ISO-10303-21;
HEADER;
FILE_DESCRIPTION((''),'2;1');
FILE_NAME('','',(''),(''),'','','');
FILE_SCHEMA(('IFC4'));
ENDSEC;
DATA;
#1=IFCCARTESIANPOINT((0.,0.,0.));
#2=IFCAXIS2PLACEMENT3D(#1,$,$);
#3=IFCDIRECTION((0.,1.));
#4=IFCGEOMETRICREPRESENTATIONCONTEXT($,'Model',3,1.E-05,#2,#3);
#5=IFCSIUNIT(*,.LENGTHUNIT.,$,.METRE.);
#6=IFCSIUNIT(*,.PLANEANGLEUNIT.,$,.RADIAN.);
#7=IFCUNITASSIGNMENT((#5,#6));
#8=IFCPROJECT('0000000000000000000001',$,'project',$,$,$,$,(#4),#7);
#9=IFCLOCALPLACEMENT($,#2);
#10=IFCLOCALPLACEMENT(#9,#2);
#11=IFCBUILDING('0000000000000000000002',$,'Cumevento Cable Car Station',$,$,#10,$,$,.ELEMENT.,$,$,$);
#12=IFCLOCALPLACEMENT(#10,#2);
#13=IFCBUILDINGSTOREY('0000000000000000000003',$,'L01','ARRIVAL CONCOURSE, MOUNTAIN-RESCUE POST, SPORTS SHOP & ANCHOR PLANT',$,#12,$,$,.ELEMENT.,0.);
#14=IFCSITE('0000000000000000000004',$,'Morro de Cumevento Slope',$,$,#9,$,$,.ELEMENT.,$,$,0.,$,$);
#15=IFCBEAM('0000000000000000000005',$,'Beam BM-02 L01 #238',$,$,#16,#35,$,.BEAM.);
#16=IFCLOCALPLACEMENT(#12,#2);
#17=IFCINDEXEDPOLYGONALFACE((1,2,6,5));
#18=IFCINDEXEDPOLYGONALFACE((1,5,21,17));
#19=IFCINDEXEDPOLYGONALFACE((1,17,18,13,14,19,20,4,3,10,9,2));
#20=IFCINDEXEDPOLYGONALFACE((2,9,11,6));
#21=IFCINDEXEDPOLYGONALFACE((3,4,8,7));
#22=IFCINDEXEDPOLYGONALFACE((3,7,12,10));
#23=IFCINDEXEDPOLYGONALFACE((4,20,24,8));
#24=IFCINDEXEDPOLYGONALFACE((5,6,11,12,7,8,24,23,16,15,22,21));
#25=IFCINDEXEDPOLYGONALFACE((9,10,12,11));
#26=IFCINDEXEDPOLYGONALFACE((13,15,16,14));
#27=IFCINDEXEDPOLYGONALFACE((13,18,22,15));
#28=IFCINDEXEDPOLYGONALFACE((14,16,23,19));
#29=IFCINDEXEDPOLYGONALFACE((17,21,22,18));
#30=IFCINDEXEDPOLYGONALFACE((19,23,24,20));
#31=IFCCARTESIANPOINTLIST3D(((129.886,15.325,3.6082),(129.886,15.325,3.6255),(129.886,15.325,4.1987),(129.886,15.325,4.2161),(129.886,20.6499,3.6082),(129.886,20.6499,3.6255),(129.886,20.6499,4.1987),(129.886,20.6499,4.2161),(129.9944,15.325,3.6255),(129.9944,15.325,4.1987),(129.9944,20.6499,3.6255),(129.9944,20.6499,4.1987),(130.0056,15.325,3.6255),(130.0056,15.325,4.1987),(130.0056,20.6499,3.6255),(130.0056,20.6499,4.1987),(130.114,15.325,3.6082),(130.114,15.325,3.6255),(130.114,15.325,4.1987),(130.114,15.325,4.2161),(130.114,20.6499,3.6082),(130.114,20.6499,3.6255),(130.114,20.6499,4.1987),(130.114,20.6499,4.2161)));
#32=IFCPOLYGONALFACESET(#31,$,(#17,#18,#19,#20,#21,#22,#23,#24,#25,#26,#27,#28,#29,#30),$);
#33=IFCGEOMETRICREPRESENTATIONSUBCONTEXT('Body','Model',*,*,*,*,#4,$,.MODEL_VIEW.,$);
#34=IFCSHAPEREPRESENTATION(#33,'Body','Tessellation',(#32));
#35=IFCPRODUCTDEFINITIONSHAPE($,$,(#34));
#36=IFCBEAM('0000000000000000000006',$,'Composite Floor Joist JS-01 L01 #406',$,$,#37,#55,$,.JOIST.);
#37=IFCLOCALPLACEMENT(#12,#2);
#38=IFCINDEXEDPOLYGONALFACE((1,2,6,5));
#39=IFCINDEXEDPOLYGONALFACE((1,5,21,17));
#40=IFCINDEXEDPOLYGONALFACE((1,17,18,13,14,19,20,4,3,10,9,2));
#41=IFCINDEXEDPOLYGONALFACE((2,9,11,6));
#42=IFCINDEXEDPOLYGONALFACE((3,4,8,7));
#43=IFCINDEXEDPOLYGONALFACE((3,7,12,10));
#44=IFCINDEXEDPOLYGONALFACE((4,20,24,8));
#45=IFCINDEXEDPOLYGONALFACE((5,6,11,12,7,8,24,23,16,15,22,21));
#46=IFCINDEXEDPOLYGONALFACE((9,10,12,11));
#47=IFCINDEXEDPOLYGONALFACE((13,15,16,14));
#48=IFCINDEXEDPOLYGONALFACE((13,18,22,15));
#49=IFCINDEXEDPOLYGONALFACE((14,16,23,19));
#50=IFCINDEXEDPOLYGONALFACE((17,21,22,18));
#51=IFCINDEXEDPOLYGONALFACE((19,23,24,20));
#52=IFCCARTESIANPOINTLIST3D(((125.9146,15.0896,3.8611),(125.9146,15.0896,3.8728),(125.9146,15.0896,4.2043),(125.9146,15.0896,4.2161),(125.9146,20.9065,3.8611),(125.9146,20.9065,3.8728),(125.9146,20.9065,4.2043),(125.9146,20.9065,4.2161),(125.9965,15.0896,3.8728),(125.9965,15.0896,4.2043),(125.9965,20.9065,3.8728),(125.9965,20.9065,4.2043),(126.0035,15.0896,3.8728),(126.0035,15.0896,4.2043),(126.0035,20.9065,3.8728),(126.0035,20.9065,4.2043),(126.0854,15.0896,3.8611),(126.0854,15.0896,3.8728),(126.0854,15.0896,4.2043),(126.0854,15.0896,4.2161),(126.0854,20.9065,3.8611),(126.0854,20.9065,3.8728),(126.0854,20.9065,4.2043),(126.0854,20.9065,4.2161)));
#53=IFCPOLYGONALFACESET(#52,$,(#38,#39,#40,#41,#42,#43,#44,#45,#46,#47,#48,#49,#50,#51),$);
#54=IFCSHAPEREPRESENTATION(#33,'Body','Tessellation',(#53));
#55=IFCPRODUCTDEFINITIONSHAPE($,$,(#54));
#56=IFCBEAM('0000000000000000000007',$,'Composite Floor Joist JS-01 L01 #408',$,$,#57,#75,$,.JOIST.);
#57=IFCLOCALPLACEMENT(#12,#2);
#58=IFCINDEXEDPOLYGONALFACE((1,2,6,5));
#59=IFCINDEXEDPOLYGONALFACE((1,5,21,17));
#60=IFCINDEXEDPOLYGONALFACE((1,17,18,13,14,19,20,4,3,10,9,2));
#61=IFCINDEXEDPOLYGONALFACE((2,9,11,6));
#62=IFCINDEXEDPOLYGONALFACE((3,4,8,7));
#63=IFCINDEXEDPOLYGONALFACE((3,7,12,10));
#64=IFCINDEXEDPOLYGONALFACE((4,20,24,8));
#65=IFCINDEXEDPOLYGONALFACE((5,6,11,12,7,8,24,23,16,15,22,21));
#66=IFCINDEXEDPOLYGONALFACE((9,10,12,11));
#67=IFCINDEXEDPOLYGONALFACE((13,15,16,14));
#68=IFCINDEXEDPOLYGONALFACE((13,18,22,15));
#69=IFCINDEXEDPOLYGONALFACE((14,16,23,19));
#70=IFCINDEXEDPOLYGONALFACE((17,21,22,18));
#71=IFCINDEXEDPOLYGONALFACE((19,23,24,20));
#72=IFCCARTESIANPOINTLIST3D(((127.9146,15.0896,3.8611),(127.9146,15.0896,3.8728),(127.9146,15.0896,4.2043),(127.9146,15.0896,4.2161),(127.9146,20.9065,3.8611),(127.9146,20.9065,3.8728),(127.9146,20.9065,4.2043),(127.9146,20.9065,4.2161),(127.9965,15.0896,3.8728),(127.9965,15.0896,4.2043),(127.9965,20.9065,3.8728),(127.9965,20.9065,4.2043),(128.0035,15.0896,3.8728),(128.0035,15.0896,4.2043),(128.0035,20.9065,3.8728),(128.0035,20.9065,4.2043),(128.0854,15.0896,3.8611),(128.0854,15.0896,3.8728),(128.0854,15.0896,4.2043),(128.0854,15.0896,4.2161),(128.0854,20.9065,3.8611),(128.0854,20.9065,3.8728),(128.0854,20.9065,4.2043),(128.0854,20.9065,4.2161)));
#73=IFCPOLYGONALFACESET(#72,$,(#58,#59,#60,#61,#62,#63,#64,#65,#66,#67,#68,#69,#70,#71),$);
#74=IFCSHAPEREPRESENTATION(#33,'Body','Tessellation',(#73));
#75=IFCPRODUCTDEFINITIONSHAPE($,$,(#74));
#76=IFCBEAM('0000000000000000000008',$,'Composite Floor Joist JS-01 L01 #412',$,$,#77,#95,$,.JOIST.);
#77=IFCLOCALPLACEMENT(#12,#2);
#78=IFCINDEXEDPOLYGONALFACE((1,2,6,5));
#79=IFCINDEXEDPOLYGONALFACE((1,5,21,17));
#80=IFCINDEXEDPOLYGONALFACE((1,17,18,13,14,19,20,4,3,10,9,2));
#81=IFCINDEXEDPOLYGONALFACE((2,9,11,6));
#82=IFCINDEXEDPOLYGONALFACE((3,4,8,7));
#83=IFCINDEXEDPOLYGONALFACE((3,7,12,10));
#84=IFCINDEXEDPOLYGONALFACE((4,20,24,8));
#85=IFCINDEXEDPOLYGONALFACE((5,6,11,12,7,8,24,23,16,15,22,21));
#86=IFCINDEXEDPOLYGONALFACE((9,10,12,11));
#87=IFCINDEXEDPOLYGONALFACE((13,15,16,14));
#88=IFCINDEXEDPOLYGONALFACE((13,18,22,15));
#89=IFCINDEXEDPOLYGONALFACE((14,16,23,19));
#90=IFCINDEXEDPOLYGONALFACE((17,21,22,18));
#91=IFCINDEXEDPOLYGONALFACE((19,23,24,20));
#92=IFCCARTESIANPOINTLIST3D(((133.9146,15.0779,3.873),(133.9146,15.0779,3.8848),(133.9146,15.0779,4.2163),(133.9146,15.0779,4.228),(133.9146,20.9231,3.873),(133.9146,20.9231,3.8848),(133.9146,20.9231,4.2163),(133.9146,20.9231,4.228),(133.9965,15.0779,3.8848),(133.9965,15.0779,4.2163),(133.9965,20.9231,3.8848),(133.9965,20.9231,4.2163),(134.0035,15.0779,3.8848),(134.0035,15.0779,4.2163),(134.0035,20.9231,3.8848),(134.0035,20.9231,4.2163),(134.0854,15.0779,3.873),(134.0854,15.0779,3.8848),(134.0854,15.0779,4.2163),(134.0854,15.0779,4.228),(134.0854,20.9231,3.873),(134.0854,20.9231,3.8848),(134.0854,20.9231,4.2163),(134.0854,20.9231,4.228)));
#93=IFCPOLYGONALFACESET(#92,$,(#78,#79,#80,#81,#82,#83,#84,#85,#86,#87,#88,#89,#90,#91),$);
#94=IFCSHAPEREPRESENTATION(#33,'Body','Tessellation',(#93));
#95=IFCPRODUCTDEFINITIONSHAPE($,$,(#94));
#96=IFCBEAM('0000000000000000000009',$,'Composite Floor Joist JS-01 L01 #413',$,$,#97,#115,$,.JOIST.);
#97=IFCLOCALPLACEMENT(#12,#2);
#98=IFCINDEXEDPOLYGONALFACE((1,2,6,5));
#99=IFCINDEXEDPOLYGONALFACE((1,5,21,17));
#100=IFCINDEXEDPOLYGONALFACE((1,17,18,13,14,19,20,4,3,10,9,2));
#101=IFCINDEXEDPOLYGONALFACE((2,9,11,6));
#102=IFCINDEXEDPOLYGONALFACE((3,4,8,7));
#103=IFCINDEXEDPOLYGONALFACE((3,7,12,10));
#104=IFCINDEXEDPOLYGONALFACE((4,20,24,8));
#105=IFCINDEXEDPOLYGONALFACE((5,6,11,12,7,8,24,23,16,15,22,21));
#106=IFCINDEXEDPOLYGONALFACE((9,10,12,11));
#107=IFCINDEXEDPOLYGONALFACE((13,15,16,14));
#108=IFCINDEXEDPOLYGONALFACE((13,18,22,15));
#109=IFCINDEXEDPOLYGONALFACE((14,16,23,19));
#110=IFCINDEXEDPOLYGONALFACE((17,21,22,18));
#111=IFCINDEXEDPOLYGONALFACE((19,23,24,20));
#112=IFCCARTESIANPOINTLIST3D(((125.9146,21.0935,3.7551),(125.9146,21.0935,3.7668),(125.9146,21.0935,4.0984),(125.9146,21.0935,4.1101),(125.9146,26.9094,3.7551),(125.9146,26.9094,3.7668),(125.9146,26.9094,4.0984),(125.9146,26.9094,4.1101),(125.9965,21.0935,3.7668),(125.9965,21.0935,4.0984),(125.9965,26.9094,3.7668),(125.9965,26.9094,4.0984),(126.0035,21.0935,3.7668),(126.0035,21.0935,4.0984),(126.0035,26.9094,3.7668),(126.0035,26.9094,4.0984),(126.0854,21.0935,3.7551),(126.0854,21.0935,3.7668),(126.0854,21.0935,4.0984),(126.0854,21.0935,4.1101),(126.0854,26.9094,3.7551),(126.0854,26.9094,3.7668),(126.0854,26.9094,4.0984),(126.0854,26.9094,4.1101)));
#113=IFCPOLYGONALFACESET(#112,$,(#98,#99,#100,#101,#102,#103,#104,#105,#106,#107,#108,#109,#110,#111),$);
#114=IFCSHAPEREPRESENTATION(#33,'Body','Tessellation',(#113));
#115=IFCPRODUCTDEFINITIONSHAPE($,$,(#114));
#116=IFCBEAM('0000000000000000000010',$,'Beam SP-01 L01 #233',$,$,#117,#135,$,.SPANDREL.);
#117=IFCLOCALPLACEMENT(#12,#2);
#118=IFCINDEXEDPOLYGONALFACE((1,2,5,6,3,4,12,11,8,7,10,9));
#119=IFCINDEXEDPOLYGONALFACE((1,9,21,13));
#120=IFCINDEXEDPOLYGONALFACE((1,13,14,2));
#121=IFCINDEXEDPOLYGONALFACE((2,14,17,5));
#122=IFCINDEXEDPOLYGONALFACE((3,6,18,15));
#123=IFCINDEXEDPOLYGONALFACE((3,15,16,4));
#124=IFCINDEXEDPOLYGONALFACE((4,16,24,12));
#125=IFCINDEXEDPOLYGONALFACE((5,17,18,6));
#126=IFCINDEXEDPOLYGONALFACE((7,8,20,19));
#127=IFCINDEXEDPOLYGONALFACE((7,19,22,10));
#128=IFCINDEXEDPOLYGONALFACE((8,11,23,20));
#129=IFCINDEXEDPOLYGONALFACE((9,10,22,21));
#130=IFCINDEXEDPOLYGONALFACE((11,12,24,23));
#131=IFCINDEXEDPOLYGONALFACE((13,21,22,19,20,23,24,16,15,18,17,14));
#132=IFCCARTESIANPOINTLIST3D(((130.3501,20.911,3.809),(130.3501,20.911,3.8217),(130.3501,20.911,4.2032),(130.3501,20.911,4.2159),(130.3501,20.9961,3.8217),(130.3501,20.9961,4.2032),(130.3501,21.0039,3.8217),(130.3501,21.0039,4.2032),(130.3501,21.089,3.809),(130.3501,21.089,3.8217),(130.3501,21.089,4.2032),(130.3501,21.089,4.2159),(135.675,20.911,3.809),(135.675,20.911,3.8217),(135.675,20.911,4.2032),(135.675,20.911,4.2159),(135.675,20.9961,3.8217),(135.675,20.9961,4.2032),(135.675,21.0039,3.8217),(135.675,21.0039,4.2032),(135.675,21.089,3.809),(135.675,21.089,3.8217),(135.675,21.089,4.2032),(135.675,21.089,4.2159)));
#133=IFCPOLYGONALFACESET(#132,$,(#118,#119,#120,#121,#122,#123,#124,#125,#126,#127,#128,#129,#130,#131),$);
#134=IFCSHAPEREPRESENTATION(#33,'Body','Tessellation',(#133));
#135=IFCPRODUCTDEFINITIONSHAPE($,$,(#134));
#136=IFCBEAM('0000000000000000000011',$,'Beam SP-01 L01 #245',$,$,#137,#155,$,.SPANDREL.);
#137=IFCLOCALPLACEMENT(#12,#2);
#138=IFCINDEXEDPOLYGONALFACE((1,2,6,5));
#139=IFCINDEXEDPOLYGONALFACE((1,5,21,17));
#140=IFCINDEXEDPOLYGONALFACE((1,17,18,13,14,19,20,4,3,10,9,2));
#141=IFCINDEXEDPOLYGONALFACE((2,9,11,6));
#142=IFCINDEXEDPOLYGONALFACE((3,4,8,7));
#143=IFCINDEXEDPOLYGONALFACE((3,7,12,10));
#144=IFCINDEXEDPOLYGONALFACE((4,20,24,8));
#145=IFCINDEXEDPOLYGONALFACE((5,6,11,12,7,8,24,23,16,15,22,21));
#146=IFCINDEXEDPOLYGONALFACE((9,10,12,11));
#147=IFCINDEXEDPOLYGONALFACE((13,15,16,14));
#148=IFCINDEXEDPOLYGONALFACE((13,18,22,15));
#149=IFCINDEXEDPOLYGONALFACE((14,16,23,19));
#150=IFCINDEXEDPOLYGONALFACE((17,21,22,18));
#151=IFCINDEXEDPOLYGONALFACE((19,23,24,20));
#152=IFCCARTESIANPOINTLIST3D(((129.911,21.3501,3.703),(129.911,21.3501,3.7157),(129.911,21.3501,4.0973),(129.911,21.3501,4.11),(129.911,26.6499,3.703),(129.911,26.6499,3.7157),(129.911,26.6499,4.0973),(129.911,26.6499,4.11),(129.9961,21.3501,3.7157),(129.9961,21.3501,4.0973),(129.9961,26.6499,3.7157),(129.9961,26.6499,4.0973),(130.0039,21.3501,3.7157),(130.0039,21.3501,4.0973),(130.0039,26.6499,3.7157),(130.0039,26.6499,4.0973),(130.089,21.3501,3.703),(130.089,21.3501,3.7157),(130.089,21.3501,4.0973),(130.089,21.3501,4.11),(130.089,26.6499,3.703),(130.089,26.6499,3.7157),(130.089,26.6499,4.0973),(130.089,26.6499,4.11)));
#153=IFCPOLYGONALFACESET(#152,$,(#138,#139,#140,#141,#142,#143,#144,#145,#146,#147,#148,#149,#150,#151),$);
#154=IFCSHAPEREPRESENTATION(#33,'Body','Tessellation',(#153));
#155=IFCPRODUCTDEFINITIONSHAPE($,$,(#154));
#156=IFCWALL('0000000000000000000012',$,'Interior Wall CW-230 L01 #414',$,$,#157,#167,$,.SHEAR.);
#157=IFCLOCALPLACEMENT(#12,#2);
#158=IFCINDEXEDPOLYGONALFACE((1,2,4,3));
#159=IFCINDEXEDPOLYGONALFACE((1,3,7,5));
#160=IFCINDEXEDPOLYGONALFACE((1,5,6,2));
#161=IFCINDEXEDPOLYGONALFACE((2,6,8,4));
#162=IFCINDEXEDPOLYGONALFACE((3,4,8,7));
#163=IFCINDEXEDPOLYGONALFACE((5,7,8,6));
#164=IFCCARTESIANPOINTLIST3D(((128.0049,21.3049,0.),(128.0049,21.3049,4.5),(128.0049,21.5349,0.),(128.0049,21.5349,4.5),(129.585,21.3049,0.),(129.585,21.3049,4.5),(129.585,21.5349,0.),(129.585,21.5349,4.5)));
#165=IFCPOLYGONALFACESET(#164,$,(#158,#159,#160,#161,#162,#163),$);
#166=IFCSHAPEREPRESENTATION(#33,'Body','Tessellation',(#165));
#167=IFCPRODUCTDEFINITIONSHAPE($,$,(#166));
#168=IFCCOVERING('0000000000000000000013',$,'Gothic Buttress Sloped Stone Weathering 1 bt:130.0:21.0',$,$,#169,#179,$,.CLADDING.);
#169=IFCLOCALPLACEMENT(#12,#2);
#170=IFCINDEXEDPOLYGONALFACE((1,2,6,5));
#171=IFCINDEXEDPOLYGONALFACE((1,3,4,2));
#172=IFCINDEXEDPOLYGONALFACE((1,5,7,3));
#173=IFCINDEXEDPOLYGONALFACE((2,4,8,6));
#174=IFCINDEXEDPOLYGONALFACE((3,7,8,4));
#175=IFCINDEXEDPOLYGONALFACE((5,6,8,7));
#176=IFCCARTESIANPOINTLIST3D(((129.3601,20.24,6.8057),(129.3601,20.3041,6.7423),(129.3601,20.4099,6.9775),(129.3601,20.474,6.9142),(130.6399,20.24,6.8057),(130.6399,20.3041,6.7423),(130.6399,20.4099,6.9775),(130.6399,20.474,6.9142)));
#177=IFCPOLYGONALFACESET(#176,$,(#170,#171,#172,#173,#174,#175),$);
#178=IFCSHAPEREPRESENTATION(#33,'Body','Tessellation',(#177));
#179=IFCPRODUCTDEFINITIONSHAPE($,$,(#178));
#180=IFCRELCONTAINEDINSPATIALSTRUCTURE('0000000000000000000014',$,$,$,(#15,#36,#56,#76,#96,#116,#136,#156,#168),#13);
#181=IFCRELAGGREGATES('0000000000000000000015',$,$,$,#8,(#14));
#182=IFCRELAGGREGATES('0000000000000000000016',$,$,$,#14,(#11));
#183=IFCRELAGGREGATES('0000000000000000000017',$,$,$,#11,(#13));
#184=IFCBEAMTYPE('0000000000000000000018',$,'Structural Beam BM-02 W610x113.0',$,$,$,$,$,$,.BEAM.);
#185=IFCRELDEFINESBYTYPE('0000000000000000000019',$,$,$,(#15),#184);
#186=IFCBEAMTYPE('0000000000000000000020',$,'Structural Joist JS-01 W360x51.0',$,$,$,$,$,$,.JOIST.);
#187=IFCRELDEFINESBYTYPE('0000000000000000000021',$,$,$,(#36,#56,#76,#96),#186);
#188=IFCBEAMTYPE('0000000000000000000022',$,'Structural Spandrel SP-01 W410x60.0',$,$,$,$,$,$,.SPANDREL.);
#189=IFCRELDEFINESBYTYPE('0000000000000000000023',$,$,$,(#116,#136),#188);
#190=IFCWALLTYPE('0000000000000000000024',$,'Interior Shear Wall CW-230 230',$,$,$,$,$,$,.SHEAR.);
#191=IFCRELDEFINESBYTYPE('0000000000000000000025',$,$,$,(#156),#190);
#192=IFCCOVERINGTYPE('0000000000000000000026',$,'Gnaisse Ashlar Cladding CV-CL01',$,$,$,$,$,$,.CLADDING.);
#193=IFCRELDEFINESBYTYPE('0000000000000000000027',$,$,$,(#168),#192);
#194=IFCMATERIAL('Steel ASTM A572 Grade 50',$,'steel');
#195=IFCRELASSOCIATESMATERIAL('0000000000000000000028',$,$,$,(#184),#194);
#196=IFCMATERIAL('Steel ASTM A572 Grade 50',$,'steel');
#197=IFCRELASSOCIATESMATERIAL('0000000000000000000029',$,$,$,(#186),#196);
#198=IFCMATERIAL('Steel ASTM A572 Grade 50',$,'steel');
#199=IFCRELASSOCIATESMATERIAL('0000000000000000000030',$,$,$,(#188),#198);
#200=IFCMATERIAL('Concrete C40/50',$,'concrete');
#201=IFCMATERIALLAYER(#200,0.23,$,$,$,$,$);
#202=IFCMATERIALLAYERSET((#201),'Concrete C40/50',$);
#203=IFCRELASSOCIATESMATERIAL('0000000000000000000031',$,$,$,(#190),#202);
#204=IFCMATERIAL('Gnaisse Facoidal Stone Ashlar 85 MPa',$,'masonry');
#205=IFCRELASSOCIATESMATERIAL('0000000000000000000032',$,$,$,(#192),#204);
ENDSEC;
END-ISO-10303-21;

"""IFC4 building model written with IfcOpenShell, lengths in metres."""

from ifc_helpers import new_model, si_unit, direction, frame, frame_2d, origin, origin_2d, place, context, subcontext, project, spatial, polyline, rectangle, i_section, outline, extrude, material, layer, layer_set, material_profile, profile_set, type_object, element, save


model = new_model("IFC4")

# Units and contexts
model_context = context("Model", 3, precision=1e-05, world=origin(), true_north=direction((0.0, 1.0)))
body_context = subcontext(model_context, "Body", "Model", "MODEL_VIEW")
ifc_project = project(units=[si_unit("LENGTHUNIT", "METRE"), si_unit("PLANEANGLEUNIT", "RADIAN")], contexts=[model_context])

# Site, building, storey
site_placement = place(None, origin())
site = spatial("IfcSite", under=ifc_project, at=site_placement, Name="Morro de Cumevento Slope", CompositionType="ELEMENT", RefElevation=0.0)
building_placement = place(site_placement, origin())
building = spatial("IfcBuilding", under=site, at=building_placement, Name="Cumevento Cable Car Station", CompositionType="ELEMENT")
storey_placement = place(building_placement, origin())
storey = spatial("IfcBuildingStorey", under=building, at=storey_placement, Name="L01", Description="ARRIVAL CONCOURSE, MOUNTAIN-RESCUE POST, SPORTS SHOP & ANCHOR PLANT", CompositionType="ELEMENT", Elevation=0.0)

# Beams
ifc_material_1 = material(Name="Steel ASTM A572 Grade 50", Category="steel")
ifc_material_profile_1 = material_profile(ifc_material_1, i_section(OverallWidth=0.228, OverallDepth=0.6079, WebThickness=0.0112, FlangeThickness=0.0173, at=origin_2d()), Name="W610x113.0")
ifc_profile_set_1 = profile_set([ifc_material_profile_1], Name="Steel ASTM A572 Grade 50")
beam_type_1 = type_object("IfcBeamType", Name="Structural Beam BM-02 W610x113.0", PredefinedType="BEAM", material=ifc_profile_set_1)
beam_1_placement = place(storey_placement, frame((130.0, 15.325, 3.9121), z_axis=(0.0, 1.0, 0.0), x_axis=(-1.0, 0.0, 0.0)))
element("IfcBeam", 1, at=beam_1_placement, inside=storey, type_object=beam_type_1, Name="Beam BM-02 L01 #238", PredefinedType="BEAM", context=body_context, shape_type="SweptSolid", body=[
    extrude(i_section(OverallWidth=0.228, OverallDepth=0.6079, WebThickness=0.0112, FlangeThickness=0.0173, at=origin_2d()), origin(), (0.0, 0.0, 1.0), 5.325),
])
ifc_material_2 = material(Name="Steel ASTM A572 Grade 50", Category="steel")
ifc_material_profile_2 = material_profile(ifc_material_2, i_section(OverallWidth=0.1709, OverallDepth=0.355, WebThickness=0.0071, FlangeThickness=0.0117, at=origin_2d()), Name="W360x51.0")
ifc_profile_set_2 = profile_set([ifc_material_profile_2], Name="Steel ASTM A572 Grade 50")
beam_type_2 = type_object("IfcBeamType", Name="Structural Joist JS-01 W360x51.0", PredefinedType="JOIST", material=ifc_profile_set_2)
for number, where, z_axis, x_axis, name in (
    (2, (126.0, 15.0896, 4.0386), (0.0, 1.0, 0.0), (-1.0, 0.0, 0.0), "Composite Floor Joist JS-01 L01 #406"),
    (3, (128.0, 15.0896, 4.0386), (0.0, 1.0, 0.0), (-1.0, 0.0, 0.0), "Composite Floor Joist JS-01 L01 #408"),
):
    element("IfcBeam", number, at=place(storey_placement, frame(where, z_axis=z_axis, x_axis=x_axis)), inside=storey, type_object=beam_type_2, Name=name, PredefinedType="JOIST", context=body_context, shape_type="SweptSolid", body=[
        extrude(i_section(OverallWidth=0.1709, OverallDepth=0.355, WebThickness=0.0071, FlangeThickness=0.0117, at=origin_2d()), origin(), (0.0, 0.0, 1.0), 5.8169),
    ])
beam_2_placement = place(storey_placement, frame((134.0, 15.0779, 4.0505), z_axis=(0.0, 1.0, 0.0), x_axis=(-1.0, 0.0, 0.0)))
element("IfcBeam", 4, at=beam_2_placement, inside=storey, type_object=beam_type_2, Name="Composite Floor Joist JS-01 L01 #412", PredefinedType="JOIST", context=body_context, shape_type="SweptSolid", body=[
    extrude(i_section(OverallWidth=0.1709, OverallDepth=0.355, WebThickness=0.0071, FlangeThickness=0.0117, at=origin_2d()), origin(), (0.0, 0.0, 1.0), 5.8452),
])
beam_3_placement = place(storey_placement, frame((126.0, 21.0935, 3.9326), z_axis=(0.0, 1.0, 0.0), x_axis=(-1.0, 0.0, 0.0)))
element("IfcBeam", 5, at=beam_3_placement, inside=storey, type_object=beam_type_2, Name="Composite Floor Joist JS-01 L01 #413", PredefinedType="JOIST", context=body_context, shape_type="SweptSolid", body=[
    extrude(i_section(OverallWidth=0.1709, OverallDepth=0.355, WebThickness=0.0071, FlangeThickness=0.0117, at=origin_2d()), origin(), (0.0, 0.0, 1.0), 5.8159),
])
ifc_material_3 = material(Name="Steel ASTM A572 Grade 50", Category="steel")
ifc_material_profile_3 = material_profile(ifc_material_3, i_section(OverallWidth=0.178, OverallDepth=0.407, WebThickness=0.0078, FlangeThickness=0.0127, at=origin_2d()), Name="W410x60.0")
ifc_profile_set_3 = profile_set([ifc_material_profile_3], Name="Steel ASTM A572 Grade 50")
beam_type_3 = type_object("IfcBeamType", Name="Structural Spandrel SP-01 W410x60.0", PredefinedType="SPANDREL", material=ifc_profile_set_3)
beam_4_placement = place(storey_placement, frame((130.3501, 21.0, 4.0125), z_axis=(1.0, 0.0, 0.0), x_axis=(0.0, 1.0, 0.0)))
element("IfcBeam", 6, at=beam_4_placement, inside=storey, type_object=beam_type_3, Name="Beam SP-01 L01 #233", PredefinedType="SPANDREL", context=body_context, shape_type="SweptSolid", body=[
    extrude(i_section(OverallWidth=0.178, OverallDepth=0.407, WebThickness=0.0078, FlangeThickness=0.0127, at=origin_2d()), origin(), (0.0, 0.0, 1.0), 5.325),
])
beam_5_placement = place(storey_placement, frame((130.0, 21.3501, 3.9065), z_axis=(0.0, 1.0, 0.0), x_axis=(-1.0, 0.0, 0.0)))
element("IfcBeam", 7, at=beam_5_placement, inside=storey, type_object=beam_type_3, Name="Beam SP-01 L01 #245", PredefinedType="SPANDREL", context=body_context, shape_type="SweptSolid", body=[
    extrude(i_section(OverallWidth=0.178, OverallDepth=0.407, WebThickness=0.0078, FlangeThickness=0.0127, at=origin_2d()), origin(), (0.0, 0.0, 1.0), 5.2998),
])

# Wall
ifc_material_4 = material(Name="Concrete C40/50", Category="concrete")
ifc_layer = layer(ifc_material_4, 0.23)
ifc_layer_set = layer_set([ifc_layer], Name="Concrete C40/50")
wall_type = type_object("IfcWallType", Name="Interior Shear Wall CW-230 230", PredefinedType="SHEAR", material=ifc_layer_set)
wall_placement = place(storey_placement, frame((128.0049, 21.4199, 0.0), z_axis=(0.0, 0.0, 1.0), x_axis=(1.0, 0.0, 0.0)))
element("IfcWall", 8, at=wall_placement, inside=storey, type_object=wall_type, Name="Interior Wall CW-230 L01 #414", PredefinedType="SHEAR", context=body_context, shape_type="SweptSolid", body=[
    extrude(rectangle(XDim=1.5801, YDim=0.23, at=frame_2d((0.79, 0.0))), origin(), (0.0, 0.0, 1.0), 4.5),
])

# Covering
ifc_material_5 = material(Name="Gnaisse Facoidal Stone Ashlar 85 MPa", Category="masonry")
covering_type = type_object("IfcCoveringType", Name="Gnaisse Ashlar Cladding CV-CL01", PredefinedType="CLADDING", material=ifc_material_5)
covering_1_placement = place(storey_placement, frame((129.3601, 20.24, 6.8057), z_axis=(0.0, -0.711136, 0.703055), x_axis=(1.0, 0.0, 0.0)))
element("IfcCovering", 9, at=covering_1_placement, inside=storey, type_object=covering_type, Name="Gothic Buttress Sloped Stone Weathering 1 bt:130.0:21.0", PredefinedType="CLADDING", context=body_context, shape_type="SweptSolid", body=[
    extrude(outline(polyline([(0.0, 0.0), (1.2798, 0.0), (1.2798, 0.2417), (0.0, 0.2417), (0.0, 0.0)])), origin(), (0.0, 0.0, -1.0), 0.0901),
])

save(model, "model.ifc")
